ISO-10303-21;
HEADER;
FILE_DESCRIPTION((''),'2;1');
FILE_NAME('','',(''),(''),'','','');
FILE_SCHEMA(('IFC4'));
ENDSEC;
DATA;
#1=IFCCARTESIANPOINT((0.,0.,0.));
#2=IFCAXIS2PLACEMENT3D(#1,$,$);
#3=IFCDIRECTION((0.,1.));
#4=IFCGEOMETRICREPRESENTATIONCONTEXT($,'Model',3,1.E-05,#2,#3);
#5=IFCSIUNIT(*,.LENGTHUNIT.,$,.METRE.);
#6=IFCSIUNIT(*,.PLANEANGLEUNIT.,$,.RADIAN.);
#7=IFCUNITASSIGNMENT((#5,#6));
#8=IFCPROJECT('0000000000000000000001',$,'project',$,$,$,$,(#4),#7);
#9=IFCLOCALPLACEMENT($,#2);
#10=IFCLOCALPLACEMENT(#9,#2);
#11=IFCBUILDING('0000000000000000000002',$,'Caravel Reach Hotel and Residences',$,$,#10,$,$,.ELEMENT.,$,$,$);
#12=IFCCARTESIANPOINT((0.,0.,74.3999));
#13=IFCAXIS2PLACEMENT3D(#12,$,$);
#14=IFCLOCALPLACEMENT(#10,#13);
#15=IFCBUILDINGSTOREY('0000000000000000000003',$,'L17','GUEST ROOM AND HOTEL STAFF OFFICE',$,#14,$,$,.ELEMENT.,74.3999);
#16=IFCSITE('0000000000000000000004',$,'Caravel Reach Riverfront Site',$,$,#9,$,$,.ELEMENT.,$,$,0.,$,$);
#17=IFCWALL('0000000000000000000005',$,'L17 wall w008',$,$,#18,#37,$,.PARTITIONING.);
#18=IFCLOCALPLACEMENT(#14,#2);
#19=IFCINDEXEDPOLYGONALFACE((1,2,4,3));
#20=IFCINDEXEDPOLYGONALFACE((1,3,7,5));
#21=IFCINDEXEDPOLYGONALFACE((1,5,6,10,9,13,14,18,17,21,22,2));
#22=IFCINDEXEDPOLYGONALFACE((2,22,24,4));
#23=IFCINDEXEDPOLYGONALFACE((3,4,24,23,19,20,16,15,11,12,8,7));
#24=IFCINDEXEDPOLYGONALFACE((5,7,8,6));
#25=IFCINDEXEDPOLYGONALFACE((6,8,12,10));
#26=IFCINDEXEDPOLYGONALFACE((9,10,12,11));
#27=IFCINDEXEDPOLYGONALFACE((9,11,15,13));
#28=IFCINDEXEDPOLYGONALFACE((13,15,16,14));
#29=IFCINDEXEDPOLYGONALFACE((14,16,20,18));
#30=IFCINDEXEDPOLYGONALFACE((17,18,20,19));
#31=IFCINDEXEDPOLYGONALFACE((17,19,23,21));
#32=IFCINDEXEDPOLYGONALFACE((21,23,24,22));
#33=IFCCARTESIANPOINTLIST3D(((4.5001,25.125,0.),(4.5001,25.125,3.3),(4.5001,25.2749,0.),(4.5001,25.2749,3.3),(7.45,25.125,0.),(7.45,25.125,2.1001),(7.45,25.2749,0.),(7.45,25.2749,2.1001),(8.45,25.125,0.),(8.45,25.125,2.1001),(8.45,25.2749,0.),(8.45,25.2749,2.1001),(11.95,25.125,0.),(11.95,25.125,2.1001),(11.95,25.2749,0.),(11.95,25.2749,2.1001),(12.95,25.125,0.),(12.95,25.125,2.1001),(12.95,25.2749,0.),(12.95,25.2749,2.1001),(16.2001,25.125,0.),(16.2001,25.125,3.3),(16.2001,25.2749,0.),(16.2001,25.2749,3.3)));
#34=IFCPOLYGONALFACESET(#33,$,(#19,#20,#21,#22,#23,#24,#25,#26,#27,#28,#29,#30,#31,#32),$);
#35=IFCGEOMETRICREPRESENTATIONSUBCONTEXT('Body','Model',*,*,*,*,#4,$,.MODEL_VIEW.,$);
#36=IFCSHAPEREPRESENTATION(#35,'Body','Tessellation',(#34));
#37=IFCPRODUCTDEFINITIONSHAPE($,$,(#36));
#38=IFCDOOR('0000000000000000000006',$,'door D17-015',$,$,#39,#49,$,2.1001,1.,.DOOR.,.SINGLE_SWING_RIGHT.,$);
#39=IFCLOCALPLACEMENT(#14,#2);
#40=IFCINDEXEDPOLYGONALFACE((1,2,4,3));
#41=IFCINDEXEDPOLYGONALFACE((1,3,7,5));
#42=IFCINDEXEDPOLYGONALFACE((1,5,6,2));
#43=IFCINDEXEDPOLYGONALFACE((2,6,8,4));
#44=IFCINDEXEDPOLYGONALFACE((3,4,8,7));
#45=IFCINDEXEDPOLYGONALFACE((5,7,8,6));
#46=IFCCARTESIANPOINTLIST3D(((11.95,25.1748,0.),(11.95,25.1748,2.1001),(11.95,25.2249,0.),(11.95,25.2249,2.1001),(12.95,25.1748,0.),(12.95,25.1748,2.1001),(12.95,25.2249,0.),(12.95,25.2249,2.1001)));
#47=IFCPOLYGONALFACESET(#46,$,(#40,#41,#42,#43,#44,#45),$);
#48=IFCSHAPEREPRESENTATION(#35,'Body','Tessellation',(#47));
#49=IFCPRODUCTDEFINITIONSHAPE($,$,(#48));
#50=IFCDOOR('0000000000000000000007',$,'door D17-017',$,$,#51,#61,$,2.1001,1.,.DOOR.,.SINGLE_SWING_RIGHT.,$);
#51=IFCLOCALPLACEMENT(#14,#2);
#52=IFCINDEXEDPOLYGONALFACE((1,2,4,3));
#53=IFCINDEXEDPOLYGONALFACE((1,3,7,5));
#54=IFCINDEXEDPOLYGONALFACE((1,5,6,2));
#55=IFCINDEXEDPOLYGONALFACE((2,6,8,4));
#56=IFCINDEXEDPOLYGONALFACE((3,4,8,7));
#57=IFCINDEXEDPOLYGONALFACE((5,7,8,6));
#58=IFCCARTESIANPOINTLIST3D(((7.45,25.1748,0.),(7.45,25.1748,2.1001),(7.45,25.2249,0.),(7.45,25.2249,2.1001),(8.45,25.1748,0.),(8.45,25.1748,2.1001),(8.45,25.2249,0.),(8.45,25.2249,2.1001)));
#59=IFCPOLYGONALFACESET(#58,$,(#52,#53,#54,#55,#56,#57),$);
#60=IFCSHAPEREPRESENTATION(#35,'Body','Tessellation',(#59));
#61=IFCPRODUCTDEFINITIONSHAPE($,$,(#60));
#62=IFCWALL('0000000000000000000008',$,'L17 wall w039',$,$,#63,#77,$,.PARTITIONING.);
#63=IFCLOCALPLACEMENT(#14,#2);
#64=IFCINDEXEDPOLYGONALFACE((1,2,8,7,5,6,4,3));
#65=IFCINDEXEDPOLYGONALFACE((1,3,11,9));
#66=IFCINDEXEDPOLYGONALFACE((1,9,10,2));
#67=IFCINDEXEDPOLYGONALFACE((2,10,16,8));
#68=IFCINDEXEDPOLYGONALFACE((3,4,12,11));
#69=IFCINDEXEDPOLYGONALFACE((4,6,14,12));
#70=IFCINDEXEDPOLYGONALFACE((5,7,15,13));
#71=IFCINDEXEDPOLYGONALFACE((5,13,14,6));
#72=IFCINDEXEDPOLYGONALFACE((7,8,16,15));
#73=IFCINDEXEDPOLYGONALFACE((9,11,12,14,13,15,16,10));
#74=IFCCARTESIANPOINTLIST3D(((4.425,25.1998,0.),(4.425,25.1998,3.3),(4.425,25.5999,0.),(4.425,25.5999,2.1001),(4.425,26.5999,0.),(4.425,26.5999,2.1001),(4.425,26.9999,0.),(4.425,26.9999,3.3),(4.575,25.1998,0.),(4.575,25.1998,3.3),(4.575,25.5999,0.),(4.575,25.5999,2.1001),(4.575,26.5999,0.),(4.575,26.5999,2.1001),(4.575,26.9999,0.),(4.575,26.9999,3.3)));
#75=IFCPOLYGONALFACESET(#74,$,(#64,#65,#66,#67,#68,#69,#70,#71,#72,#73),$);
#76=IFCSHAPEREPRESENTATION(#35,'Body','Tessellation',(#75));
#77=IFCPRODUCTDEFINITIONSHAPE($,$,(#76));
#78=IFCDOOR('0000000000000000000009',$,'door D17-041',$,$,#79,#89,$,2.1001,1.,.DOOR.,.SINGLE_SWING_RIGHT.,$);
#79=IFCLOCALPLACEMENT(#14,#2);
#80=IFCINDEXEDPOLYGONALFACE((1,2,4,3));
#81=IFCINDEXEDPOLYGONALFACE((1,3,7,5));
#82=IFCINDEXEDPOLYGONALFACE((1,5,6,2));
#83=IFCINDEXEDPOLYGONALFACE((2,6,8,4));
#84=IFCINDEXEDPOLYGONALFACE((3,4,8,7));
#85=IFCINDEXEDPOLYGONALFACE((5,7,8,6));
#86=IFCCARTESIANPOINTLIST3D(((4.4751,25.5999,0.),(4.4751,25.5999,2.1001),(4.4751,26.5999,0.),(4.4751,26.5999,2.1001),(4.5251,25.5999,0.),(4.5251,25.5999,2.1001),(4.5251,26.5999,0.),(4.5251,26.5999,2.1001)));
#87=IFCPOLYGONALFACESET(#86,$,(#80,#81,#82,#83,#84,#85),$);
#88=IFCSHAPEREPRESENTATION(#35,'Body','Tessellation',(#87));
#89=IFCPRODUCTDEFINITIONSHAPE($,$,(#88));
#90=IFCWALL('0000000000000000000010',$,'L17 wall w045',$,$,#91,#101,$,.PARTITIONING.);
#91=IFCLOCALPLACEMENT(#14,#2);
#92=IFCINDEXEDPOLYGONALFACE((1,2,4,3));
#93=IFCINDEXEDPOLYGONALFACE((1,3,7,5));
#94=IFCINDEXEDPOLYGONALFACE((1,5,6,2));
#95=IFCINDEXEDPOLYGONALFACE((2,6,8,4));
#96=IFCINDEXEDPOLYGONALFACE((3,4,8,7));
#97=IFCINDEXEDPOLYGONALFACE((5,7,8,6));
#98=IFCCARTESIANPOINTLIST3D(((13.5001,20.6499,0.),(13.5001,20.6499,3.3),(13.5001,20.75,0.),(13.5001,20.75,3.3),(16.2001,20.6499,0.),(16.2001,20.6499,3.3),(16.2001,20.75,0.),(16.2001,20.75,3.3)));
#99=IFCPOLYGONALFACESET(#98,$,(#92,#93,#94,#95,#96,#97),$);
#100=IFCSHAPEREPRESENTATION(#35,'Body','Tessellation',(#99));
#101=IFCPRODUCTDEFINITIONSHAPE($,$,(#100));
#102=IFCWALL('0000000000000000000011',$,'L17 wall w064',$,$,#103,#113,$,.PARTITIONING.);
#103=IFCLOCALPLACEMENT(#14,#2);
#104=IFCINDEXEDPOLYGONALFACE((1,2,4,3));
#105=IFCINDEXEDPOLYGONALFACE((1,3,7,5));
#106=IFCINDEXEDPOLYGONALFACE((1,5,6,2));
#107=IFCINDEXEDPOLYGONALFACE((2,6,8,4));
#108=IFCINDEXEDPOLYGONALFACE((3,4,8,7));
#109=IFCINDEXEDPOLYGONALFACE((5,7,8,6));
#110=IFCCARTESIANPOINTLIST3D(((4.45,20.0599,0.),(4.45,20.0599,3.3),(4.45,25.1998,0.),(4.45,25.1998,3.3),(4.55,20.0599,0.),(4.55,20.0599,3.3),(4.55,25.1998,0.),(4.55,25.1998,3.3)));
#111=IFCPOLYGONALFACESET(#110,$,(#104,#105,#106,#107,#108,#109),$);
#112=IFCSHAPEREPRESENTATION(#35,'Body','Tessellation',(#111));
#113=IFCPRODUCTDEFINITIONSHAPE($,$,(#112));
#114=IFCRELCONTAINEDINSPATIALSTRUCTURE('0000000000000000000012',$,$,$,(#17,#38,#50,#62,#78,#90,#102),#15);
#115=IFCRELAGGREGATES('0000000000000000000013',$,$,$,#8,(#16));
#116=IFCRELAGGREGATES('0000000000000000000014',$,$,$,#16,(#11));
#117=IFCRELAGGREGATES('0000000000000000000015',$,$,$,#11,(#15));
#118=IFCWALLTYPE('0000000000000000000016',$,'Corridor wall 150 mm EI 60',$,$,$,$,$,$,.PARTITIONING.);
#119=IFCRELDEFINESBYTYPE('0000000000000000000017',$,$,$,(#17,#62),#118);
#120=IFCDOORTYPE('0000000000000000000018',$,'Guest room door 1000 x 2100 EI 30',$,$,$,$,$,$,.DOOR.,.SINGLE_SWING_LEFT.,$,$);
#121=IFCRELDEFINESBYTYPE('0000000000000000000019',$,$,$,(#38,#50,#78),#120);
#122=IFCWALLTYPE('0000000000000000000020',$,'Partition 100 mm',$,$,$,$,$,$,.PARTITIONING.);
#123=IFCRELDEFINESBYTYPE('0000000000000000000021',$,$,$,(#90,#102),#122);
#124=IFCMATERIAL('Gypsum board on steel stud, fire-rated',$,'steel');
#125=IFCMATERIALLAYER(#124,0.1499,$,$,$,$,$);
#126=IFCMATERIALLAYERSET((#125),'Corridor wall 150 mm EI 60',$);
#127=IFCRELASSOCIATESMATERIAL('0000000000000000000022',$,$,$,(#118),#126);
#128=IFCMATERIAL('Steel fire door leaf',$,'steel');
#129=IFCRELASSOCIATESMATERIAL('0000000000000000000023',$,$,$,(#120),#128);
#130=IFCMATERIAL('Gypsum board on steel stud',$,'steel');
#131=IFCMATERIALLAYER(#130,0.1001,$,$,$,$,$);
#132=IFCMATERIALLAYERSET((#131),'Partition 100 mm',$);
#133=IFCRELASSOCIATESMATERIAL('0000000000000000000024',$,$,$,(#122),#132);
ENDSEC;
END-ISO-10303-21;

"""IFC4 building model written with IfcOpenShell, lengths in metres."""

from ifc_helpers import new_model, si_unit, direction, frame, frame_2d, origin, place, context, subcontext, project, spatial, rectangle, extrude, material, layer, layer_set, type_object, element, fill, save


model = new_model("IFC4")

# Units and contexts
model_context = context("Model", 3, precision=1e-05, world=origin(), true_north=direction((0.0, 1.0)))
body_context = subcontext(model_context, "Body", "Model", "MODEL_VIEW")
ifc_project = project(units=[si_unit("LENGTHUNIT", "METRE"), si_unit("PLANEANGLEUNIT", "RADIAN")], contexts=[model_context])

# Site, building, storey
site_placement = place(None, origin())
site = spatial("IfcSite", under=ifc_project, at=site_placement, Name="Caravel Reach Riverfront Site", CompositionType="ELEMENT", RefElevation=0.0)
building_placement = place(site_placement, origin())
building = spatial("IfcBuilding", under=site, at=building_placement, Name="Caravel Reach Hotel and Residences", CompositionType="ELEMENT")
storey_placement = place(building_placement, frame((0.0, 0.0, 74.3999)))
storey = spatial("IfcBuildingStorey", under=building, at=storey_placement, Name="L17", Description="GUEST ROOM AND HOTEL STAFF OFFICE", CompositionType="ELEMENT", Elevation=74.3999)

# Wall, openings, doors
ifc_material_1 = material(Name="Gypsum board on steel stud, fire-rated", Category="steel")
ifc_layer_1 = layer(ifc_material_1, 0.1499)
ifc_layer_set_1 = layer_set([ifc_layer_1], Name="Corridor wall 150 mm EI 60")
wall_type_1 = type_object("IfcWallType", Name="Corridor wall 150 mm EI 60", PredefinedType="PARTITIONING", material=ifc_layer_set_1)
wall_1_placement = place(storey_placement, frame((4.5, 25.2, 0.0), z_axis=(0.0, 0.0, 1.0), x_axis=(1.0, 0.0, 0.0)))
wall_1 = element("IfcWall", 1, at=wall_1_placement, inside=storey, type_object=wall_type_1, Name="L17 wall w008", PredefinedType="PARTITIONING", context=body_context, shape_type="SweptSolid", body=[
    extrude(rectangle(XDim=11.7, YDim=0.1499, at=frame_2d((5.8501, 0.0))), origin(), (0.0, 0.0, 1.0), 3.3),
])
opening_1_placement = place(wall_1_placement, frame((7.45, 0.0, 0.0)))
opening_1 = element("IfcOpeningElement", 2, at=opening_1_placement, cuts=wall_1, PredefinedType="OPENING", context=body_context, shape_type="SweptSolid", body=[
    extrude(rectangle(XDim=1.0, YDim=2.1001, at=frame_2d((0.5, 1.05))), frame((0.0, 0.085, 0.0), z_axis=(0.0, -1.0, 0.0), x_axis=(1.0, 0.0, 0.0)), (0.0, 0.0, 1.0), 0.1699),
])
opening_2_placement = place(wall_1_placement, frame((2.95, 0.0, 0.0)))
opening_2 = element("IfcOpeningElement", 3, at=opening_2_placement, cuts=wall_1, PredefinedType="OPENING", context=body_context, shape_type="SweptSolid", body=[
    extrude(rectangle(XDim=1.0, YDim=2.1001, at=frame_2d((0.5, 1.05))), frame((0.0, 0.085, 0.0), z_axis=(0.0, -1.0, 0.0), x_axis=(1.0, 0.0, 0.0)), (0.0, 0.0, 1.0), 0.1699),
])
ifc_material_2 = material(Name="Steel fire door leaf", Category="steel")
door_type_1 = type_object("IfcDoorType", Name="Guest room door 1000 x 2100 EI 30", OperationType="SINGLE_SWING_LEFT", PredefinedType="DOOR", material=ifc_material_2)
door_1_placement = place(opening_1_placement, origin())
door_1 = element("IfcDoor", 4, at=door_1_placement, inside=storey, type_object=door_type_1, Name="door D17-015", OperationType="SINGLE_SWING_RIGHT", OverallHeight=2.1001, OverallWidth=1.0, PredefinedType="DOOR", context=body_context, shape_type="SweptSolid", body=[
    extrude(rectangle(XDim=1.0, YDim=2.1001, at=frame_2d((0.5, 1.05))), frame((0.0, 0.0249, 0.0), z_axis=(0.0, -1.0, 0.0), x_axis=(1.0, 0.0, 0.0)), (0.0, 0.0, 1.0), 0.05),
])
fill(opening_1, door_1)
door_2_placement = place(opening_2_placement, origin())
door_2 = element("IfcDoor", 5, at=door_2_placement, inside=storey, type_object=door_type_1, Name="door D17-017", OperationType="SINGLE_SWING_RIGHT", OverallHeight=2.1001, OverallWidth=1.0, PredefinedType="DOOR", context=body_context, shape_type="SweptSolid", body=[
    extrude(rectangle(XDim=1.0, YDim=2.1001, at=frame_2d((0.5, 1.05))), frame((0.0, 0.0249, 0.0), z_axis=(0.0, -1.0, 0.0), x_axis=(1.0, 0.0, 0.0)), (0.0, 0.0, 1.0), 0.05),
])
fill(opening_2, door_2)

# Wall, opening, door
wall_2_placement = place(storey_placement, frame((4.5, 25.2, 0.0), z_axis=(0.0, 0.0, 1.0), x_axis=(0.0, 1.0, 0.0)))
wall_2 = element("IfcWall", 6, at=wall_2_placement, inside=storey, type_object=wall_type_1, Name="L17 wall w039", PredefinedType="PARTITIONING", context=body_context, shape_type="SweptSolid", body=[
    extrude(rectangle(XDim=1.8, YDim=0.1499, at=frame_2d((0.8999, 0.0))), origin(), (0.0, 0.0, 1.0), 3.3),
])
opening_3_placement = place(wall_2_placement, frame((0.3999, 0.0, 0.0)))
opening_3 = element("IfcOpeningElement", 7, at=opening_3_placement, cuts=wall_2, PredefinedType="OPENING", context=body_context, shape_type="SweptSolid", body=[
    extrude(rectangle(XDim=1.0, YDim=2.1001, at=frame_2d((0.5, 1.05))), frame((0.0, 0.085, 0.0), z_axis=(0.0, -1.0, 0.0), x_axis=(1.0, 0.0, 0.0)), (0.0, 0.0, 1.0), 0.1699),
])
door_3_placement = place(opening_3_placement, origin())
door_3 = element("IfcDoor", 8, at=door_3_placement, inside=storey, type_object=door_type_1, Name="door D17-041", OperationType="SINGLE_SWING_RIGHT", OverallHeight=2.1001, OverallWidth=1.0, PredefinedType="DOOR", context=body_context, shape_type="SweptSolid", body=[
    extrude(rectangle(XDim=1.0, YDim=2.1001, at=frame_2d((0.5, 1.05))), frame((0.0, 0.0249, 0.0), z_axis=(0.0, -1.0, 0.0), x_axis=(1.0, 0.0, 0.0)), (0.0, 0.0, 1.0), 0.05),
])
fill(opening_3, door_3)

# Walls
ifc_material_3 = material(Name="Gypsum board on steel stud", Category="steel")
ifc_layer_2 = layer(ifc_material_3, 0.1001)
ifc_layer_set_2 = layer_set([ifc_layer_2], Name="Partition 100 mm")
wall_type_2 = type_object("IfcWallType", Name="Partition 100 mm", PredefinedType="PARTITIONING", material=ifc_layer_set_2)
wall_3_placement = place(storey_placement, frame((13.5, 20.7, 0.0), z_axis=(0.0, 0.0, 1.0), x_axis=(1.0, 0.0, 0.0)))
element("IfcWall", 9, at=wall_3_placement, inside=storey, type_object=wall_type_2, Name="L17 wall w045", PredefinedType="PARTITIONING", context=body_context, shape_type="SweptSolid", body=[
    extrude(rectangle(XDim=2.7, YDim=0.1001, at=frame_2d((1.3501, 0.0))), origin(), (0.0, 0.0, 1.0), 3.3),
])
wall_4_placement = place(storey_placement, frame((4.5, 20.0601, 0.0), z_axis=(0.0, 0.0, 1.0), x_axis=(0.0, 1.0, 0.0)))
element("IfcWall", 10, at=wall_4_placement, inside=storey, type_object=wall_type_2, Name="L17 wall w064", PredefinedType="PARTITIONING", context=body_context, shape_type="SweptSolid", body=[
    extrude(rectangle(XDim=5.1399, YDim=0.1001, at=frame_2d((2.5698, 0.0))), origin(), (0.0, 0.0, 1.0), 3.3),
])

save(model, "model.ifc")
